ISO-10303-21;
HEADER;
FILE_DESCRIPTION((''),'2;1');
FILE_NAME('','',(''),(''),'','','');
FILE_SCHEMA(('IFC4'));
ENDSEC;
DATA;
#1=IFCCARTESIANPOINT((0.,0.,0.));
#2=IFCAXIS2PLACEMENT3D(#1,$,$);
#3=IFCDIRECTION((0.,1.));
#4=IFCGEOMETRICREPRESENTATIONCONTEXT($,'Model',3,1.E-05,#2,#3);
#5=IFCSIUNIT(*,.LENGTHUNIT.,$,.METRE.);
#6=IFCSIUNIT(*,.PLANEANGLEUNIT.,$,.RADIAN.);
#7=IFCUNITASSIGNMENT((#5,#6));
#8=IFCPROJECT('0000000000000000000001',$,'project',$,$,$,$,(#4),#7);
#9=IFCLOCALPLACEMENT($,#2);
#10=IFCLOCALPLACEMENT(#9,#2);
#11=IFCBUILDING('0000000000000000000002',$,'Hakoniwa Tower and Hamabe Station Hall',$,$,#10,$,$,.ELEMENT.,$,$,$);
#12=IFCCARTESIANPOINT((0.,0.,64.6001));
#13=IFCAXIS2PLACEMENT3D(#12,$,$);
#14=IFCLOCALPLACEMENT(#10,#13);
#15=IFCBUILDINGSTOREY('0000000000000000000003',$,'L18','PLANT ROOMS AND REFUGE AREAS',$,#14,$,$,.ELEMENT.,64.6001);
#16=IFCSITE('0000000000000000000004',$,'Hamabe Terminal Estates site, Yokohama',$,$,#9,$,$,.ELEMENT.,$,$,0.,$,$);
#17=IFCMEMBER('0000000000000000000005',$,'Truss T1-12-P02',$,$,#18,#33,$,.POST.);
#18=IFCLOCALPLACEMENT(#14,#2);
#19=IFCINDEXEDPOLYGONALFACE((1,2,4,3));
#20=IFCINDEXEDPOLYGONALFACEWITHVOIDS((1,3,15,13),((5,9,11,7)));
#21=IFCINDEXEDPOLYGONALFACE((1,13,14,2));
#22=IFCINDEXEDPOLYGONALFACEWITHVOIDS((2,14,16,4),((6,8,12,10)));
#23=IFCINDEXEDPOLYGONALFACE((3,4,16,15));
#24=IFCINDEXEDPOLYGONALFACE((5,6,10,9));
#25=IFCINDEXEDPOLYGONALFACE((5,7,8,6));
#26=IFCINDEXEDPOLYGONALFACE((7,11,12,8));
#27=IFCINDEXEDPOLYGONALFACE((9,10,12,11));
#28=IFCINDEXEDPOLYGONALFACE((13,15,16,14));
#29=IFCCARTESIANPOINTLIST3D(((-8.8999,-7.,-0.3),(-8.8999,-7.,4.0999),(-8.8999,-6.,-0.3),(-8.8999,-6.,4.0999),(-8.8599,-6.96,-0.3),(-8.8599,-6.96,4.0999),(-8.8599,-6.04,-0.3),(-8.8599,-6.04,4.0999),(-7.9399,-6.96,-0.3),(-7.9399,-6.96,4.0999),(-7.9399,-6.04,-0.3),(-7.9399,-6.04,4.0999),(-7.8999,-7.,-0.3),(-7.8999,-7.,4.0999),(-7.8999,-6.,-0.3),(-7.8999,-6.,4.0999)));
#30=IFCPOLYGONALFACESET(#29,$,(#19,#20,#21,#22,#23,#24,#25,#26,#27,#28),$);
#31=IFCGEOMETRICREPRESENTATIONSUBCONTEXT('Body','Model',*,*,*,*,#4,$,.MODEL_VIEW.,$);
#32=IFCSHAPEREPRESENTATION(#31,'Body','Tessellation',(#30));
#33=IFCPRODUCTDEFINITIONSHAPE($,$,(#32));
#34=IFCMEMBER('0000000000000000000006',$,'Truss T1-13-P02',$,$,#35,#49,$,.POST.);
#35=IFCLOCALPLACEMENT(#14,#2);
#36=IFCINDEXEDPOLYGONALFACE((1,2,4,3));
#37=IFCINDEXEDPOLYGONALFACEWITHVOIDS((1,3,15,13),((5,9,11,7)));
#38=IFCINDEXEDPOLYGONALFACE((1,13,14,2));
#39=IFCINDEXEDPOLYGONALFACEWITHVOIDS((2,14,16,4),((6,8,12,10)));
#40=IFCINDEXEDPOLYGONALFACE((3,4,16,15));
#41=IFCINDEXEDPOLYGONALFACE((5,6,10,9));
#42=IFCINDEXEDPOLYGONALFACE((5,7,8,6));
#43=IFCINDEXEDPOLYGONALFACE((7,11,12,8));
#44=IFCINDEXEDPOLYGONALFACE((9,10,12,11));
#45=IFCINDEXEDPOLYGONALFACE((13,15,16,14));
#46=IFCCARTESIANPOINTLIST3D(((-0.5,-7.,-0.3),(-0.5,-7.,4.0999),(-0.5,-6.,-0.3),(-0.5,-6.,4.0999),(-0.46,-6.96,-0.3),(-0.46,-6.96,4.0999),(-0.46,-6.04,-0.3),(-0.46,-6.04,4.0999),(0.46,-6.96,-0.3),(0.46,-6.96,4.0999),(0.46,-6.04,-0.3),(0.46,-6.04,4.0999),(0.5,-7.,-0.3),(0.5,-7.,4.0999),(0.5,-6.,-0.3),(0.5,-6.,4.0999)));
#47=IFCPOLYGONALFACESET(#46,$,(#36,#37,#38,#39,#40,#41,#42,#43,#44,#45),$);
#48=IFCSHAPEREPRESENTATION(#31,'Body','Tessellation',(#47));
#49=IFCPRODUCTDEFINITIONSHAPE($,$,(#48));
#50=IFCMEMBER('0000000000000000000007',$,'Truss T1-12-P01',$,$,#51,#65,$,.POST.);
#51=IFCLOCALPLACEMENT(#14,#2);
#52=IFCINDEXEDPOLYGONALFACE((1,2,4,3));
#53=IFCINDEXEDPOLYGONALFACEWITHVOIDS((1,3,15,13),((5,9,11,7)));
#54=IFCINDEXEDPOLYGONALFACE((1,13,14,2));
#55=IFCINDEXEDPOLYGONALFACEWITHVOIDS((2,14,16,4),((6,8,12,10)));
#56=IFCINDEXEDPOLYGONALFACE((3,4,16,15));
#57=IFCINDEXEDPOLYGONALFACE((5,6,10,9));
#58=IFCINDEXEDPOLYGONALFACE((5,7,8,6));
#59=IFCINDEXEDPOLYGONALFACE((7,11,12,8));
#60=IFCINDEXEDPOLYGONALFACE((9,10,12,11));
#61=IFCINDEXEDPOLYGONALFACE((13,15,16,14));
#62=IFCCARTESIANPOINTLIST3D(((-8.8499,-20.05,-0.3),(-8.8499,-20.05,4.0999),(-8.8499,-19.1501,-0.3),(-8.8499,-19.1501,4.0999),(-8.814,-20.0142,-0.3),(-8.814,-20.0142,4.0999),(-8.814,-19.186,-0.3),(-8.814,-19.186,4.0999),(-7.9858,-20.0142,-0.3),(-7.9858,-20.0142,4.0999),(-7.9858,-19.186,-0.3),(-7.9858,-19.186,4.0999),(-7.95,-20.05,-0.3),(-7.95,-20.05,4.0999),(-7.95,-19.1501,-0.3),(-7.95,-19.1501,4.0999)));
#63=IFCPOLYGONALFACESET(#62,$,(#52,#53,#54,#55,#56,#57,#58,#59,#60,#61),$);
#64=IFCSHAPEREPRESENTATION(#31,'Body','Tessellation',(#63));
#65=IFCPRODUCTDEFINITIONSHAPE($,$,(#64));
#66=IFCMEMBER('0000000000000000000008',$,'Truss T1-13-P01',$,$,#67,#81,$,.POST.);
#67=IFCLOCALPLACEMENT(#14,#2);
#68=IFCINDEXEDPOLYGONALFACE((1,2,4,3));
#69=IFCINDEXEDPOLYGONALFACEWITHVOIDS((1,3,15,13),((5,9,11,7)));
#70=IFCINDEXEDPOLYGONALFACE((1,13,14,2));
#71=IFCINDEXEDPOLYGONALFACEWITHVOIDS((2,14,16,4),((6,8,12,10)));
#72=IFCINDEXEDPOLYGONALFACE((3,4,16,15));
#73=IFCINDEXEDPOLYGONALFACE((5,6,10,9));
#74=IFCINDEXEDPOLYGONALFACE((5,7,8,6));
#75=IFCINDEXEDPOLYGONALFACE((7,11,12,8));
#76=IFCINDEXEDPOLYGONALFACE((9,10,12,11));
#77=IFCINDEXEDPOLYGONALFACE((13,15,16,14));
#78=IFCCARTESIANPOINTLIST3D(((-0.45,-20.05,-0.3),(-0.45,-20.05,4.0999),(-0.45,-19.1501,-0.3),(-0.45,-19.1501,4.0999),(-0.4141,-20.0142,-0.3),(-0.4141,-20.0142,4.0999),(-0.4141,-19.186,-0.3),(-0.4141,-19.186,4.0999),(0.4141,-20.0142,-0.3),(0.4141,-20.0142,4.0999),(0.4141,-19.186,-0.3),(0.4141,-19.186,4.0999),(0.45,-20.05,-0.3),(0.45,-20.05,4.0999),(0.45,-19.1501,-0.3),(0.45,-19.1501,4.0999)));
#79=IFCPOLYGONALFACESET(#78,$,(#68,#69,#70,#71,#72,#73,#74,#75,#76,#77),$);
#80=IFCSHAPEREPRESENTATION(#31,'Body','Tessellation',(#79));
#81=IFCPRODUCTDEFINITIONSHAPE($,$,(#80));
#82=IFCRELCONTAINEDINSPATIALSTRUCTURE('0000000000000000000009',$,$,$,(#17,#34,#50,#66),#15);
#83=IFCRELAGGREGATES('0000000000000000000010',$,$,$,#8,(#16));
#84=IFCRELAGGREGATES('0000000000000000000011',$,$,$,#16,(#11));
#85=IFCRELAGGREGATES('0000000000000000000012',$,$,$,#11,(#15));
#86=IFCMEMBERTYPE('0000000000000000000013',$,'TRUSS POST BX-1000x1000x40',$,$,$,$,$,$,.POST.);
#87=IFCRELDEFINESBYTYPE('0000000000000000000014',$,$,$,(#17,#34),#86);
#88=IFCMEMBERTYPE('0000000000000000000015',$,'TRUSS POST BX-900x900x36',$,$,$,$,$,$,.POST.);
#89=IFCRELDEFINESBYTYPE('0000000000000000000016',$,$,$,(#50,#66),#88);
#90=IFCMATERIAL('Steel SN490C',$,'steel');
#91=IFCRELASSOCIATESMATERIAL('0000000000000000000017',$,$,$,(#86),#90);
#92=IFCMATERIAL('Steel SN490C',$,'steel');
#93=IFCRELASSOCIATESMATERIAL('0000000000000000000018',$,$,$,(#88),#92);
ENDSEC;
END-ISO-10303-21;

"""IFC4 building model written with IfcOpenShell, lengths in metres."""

from ifc_helpers import new_model, si_unit, direction, frame, origin, origin_2d, place, context, subcontext, project, spatial, hollow_rectangle, extrude, material, material_profile, profile_set, type_object, element, save


model = new_model("IFC4")

# Units and contexts
model_context = context("Model", 3, precision=1e-05, world=origin(), true_north=direction((0.0, 1.0)))
body_context = subcontext(model_context, "Body", "Model", "MODEL_VIEW")
ifc_project = project(units=[si_unit("LENGTHUNIT", "METRE"), si_unit("PLANEANGLEUNIT", "RADIAN")], contexts=[model_context])

# Site, building, storey
site_placement = place(None, origin())
site = spatial("IfcSite", under=ifc_project, at=site_placement, Name="Hamabe Terminal Estates site, Yokohama", CompositionType="ELEMENT", RefElevation=0.0)
building_placement = place(site_placement, origin())
building = spatial("IfcBuilding", under=site, at=building_placement, Name="Hakoniwa Tower and Hamabe Station Hall", CompositionType="ELEMENT")
storey_placement = place(building_placement, frame((0.0, 0.0, 64.6001)))
storey = spatial("IfcBuildingStorey", under=building, at=storey_placement, Name="L18", Description="PLANT ROOMS AND REFUGE AREAS", CompositionType="ELEMENT", Elevation=64.6001)

# Members
ifc_material_1 = material(Name="Steel SN490C", Category="steel")
ifc_material_profile_1 = material_profile(ifc_material_1, hollow_rectangle(XDim=1.0, YDim=1.0, WallThickness=0.04, at=origin_2d()), Name="BX-1000x1000x40")
ifc_profile_set_1 = profile_set([ifc_material_profile_1], Name="Steel SN490C")
member_type_1 = type_object("IfcMemberType", Name="TRUSS POST BX-1000x1000x40", PredefinedType="POST", material=ifc_profile_set_1)
for number, where, z_axis, x_axis, name in (
    (1, (-8.3999, -6.5, -0.3), (0.0, 0.0, 1.0), (1.0, 0.0, 0.0), "Truss T1-12-P02"),
    (2, (0.0, -6.5, -0.3), (0.0, 0.0, 1.0), (1.0, 0.0, 0.0), "Truss T1-13-P02"),
):
    element("IfcMember", number, at=place(storey_placement, frame(where, z_axis=z_axis, x_axis=x_axis)), inside=storey, type_object=member_type_1, Name=name, PredefinedType="POST", context=body_context, shape_type="SweptSolid", body=[
        extrude(hollow_rectangle(XDim=1.0, YDim=1.0, WallThickness=0.04, at=origin_2d()), origin(), (0.0, 0.0, 1.0), 4.3999),
    ])
ifc_material_2 = material(Name="Steel SN490C", Category="steel")
ifc_material_profile_2 = material_profile(ifc_material_2, hollow_rectangle(XDim=0.8999, YDim=0.8999, WallThickness=0.0359, at=origin_2d()), Name="BX-900x900x36")
ifc_profile_set_2 = profile_set([ifc_material_profile_2], Name="Steel SN490C")
member_type_2 = type_object("IfcMemberType", Name="TRUSS POST BX-900x900x36", PredefinedType="POST", material=ifc_profile_set_2)
for number, where, z_axis, x_axis, name in (
    (3, (-8.3999, -19.6001, -0.3), (0.0, 0.0, 1.0), (1.0, 0.0, 0.0), "Truss T1-12-P01"),
    (4, (0.0, -19.6001, -0.3), (0.0, 0.0, 1.0), (1.0, 0.0, 0.0), "Truss T1-13-P01"),
):
    element("IfcMember", number, at=place(storey_placement, frame(where, z_axis=z_axis, x_axis=x_axis)), inside=storey, type_object=member_type_2, Name=name, PredefinedType="POST", context=body_context, shape_type="SweptSolid", body=[
        extrude(hollow_rectangle(XDim=0.8999, YDim=0.8999, WallThickness=0.0359, at=origin_2d()), origin(), (0.0, 0.0, 1.0), 4.3999),
    ])

save(model, "model.ifc")
